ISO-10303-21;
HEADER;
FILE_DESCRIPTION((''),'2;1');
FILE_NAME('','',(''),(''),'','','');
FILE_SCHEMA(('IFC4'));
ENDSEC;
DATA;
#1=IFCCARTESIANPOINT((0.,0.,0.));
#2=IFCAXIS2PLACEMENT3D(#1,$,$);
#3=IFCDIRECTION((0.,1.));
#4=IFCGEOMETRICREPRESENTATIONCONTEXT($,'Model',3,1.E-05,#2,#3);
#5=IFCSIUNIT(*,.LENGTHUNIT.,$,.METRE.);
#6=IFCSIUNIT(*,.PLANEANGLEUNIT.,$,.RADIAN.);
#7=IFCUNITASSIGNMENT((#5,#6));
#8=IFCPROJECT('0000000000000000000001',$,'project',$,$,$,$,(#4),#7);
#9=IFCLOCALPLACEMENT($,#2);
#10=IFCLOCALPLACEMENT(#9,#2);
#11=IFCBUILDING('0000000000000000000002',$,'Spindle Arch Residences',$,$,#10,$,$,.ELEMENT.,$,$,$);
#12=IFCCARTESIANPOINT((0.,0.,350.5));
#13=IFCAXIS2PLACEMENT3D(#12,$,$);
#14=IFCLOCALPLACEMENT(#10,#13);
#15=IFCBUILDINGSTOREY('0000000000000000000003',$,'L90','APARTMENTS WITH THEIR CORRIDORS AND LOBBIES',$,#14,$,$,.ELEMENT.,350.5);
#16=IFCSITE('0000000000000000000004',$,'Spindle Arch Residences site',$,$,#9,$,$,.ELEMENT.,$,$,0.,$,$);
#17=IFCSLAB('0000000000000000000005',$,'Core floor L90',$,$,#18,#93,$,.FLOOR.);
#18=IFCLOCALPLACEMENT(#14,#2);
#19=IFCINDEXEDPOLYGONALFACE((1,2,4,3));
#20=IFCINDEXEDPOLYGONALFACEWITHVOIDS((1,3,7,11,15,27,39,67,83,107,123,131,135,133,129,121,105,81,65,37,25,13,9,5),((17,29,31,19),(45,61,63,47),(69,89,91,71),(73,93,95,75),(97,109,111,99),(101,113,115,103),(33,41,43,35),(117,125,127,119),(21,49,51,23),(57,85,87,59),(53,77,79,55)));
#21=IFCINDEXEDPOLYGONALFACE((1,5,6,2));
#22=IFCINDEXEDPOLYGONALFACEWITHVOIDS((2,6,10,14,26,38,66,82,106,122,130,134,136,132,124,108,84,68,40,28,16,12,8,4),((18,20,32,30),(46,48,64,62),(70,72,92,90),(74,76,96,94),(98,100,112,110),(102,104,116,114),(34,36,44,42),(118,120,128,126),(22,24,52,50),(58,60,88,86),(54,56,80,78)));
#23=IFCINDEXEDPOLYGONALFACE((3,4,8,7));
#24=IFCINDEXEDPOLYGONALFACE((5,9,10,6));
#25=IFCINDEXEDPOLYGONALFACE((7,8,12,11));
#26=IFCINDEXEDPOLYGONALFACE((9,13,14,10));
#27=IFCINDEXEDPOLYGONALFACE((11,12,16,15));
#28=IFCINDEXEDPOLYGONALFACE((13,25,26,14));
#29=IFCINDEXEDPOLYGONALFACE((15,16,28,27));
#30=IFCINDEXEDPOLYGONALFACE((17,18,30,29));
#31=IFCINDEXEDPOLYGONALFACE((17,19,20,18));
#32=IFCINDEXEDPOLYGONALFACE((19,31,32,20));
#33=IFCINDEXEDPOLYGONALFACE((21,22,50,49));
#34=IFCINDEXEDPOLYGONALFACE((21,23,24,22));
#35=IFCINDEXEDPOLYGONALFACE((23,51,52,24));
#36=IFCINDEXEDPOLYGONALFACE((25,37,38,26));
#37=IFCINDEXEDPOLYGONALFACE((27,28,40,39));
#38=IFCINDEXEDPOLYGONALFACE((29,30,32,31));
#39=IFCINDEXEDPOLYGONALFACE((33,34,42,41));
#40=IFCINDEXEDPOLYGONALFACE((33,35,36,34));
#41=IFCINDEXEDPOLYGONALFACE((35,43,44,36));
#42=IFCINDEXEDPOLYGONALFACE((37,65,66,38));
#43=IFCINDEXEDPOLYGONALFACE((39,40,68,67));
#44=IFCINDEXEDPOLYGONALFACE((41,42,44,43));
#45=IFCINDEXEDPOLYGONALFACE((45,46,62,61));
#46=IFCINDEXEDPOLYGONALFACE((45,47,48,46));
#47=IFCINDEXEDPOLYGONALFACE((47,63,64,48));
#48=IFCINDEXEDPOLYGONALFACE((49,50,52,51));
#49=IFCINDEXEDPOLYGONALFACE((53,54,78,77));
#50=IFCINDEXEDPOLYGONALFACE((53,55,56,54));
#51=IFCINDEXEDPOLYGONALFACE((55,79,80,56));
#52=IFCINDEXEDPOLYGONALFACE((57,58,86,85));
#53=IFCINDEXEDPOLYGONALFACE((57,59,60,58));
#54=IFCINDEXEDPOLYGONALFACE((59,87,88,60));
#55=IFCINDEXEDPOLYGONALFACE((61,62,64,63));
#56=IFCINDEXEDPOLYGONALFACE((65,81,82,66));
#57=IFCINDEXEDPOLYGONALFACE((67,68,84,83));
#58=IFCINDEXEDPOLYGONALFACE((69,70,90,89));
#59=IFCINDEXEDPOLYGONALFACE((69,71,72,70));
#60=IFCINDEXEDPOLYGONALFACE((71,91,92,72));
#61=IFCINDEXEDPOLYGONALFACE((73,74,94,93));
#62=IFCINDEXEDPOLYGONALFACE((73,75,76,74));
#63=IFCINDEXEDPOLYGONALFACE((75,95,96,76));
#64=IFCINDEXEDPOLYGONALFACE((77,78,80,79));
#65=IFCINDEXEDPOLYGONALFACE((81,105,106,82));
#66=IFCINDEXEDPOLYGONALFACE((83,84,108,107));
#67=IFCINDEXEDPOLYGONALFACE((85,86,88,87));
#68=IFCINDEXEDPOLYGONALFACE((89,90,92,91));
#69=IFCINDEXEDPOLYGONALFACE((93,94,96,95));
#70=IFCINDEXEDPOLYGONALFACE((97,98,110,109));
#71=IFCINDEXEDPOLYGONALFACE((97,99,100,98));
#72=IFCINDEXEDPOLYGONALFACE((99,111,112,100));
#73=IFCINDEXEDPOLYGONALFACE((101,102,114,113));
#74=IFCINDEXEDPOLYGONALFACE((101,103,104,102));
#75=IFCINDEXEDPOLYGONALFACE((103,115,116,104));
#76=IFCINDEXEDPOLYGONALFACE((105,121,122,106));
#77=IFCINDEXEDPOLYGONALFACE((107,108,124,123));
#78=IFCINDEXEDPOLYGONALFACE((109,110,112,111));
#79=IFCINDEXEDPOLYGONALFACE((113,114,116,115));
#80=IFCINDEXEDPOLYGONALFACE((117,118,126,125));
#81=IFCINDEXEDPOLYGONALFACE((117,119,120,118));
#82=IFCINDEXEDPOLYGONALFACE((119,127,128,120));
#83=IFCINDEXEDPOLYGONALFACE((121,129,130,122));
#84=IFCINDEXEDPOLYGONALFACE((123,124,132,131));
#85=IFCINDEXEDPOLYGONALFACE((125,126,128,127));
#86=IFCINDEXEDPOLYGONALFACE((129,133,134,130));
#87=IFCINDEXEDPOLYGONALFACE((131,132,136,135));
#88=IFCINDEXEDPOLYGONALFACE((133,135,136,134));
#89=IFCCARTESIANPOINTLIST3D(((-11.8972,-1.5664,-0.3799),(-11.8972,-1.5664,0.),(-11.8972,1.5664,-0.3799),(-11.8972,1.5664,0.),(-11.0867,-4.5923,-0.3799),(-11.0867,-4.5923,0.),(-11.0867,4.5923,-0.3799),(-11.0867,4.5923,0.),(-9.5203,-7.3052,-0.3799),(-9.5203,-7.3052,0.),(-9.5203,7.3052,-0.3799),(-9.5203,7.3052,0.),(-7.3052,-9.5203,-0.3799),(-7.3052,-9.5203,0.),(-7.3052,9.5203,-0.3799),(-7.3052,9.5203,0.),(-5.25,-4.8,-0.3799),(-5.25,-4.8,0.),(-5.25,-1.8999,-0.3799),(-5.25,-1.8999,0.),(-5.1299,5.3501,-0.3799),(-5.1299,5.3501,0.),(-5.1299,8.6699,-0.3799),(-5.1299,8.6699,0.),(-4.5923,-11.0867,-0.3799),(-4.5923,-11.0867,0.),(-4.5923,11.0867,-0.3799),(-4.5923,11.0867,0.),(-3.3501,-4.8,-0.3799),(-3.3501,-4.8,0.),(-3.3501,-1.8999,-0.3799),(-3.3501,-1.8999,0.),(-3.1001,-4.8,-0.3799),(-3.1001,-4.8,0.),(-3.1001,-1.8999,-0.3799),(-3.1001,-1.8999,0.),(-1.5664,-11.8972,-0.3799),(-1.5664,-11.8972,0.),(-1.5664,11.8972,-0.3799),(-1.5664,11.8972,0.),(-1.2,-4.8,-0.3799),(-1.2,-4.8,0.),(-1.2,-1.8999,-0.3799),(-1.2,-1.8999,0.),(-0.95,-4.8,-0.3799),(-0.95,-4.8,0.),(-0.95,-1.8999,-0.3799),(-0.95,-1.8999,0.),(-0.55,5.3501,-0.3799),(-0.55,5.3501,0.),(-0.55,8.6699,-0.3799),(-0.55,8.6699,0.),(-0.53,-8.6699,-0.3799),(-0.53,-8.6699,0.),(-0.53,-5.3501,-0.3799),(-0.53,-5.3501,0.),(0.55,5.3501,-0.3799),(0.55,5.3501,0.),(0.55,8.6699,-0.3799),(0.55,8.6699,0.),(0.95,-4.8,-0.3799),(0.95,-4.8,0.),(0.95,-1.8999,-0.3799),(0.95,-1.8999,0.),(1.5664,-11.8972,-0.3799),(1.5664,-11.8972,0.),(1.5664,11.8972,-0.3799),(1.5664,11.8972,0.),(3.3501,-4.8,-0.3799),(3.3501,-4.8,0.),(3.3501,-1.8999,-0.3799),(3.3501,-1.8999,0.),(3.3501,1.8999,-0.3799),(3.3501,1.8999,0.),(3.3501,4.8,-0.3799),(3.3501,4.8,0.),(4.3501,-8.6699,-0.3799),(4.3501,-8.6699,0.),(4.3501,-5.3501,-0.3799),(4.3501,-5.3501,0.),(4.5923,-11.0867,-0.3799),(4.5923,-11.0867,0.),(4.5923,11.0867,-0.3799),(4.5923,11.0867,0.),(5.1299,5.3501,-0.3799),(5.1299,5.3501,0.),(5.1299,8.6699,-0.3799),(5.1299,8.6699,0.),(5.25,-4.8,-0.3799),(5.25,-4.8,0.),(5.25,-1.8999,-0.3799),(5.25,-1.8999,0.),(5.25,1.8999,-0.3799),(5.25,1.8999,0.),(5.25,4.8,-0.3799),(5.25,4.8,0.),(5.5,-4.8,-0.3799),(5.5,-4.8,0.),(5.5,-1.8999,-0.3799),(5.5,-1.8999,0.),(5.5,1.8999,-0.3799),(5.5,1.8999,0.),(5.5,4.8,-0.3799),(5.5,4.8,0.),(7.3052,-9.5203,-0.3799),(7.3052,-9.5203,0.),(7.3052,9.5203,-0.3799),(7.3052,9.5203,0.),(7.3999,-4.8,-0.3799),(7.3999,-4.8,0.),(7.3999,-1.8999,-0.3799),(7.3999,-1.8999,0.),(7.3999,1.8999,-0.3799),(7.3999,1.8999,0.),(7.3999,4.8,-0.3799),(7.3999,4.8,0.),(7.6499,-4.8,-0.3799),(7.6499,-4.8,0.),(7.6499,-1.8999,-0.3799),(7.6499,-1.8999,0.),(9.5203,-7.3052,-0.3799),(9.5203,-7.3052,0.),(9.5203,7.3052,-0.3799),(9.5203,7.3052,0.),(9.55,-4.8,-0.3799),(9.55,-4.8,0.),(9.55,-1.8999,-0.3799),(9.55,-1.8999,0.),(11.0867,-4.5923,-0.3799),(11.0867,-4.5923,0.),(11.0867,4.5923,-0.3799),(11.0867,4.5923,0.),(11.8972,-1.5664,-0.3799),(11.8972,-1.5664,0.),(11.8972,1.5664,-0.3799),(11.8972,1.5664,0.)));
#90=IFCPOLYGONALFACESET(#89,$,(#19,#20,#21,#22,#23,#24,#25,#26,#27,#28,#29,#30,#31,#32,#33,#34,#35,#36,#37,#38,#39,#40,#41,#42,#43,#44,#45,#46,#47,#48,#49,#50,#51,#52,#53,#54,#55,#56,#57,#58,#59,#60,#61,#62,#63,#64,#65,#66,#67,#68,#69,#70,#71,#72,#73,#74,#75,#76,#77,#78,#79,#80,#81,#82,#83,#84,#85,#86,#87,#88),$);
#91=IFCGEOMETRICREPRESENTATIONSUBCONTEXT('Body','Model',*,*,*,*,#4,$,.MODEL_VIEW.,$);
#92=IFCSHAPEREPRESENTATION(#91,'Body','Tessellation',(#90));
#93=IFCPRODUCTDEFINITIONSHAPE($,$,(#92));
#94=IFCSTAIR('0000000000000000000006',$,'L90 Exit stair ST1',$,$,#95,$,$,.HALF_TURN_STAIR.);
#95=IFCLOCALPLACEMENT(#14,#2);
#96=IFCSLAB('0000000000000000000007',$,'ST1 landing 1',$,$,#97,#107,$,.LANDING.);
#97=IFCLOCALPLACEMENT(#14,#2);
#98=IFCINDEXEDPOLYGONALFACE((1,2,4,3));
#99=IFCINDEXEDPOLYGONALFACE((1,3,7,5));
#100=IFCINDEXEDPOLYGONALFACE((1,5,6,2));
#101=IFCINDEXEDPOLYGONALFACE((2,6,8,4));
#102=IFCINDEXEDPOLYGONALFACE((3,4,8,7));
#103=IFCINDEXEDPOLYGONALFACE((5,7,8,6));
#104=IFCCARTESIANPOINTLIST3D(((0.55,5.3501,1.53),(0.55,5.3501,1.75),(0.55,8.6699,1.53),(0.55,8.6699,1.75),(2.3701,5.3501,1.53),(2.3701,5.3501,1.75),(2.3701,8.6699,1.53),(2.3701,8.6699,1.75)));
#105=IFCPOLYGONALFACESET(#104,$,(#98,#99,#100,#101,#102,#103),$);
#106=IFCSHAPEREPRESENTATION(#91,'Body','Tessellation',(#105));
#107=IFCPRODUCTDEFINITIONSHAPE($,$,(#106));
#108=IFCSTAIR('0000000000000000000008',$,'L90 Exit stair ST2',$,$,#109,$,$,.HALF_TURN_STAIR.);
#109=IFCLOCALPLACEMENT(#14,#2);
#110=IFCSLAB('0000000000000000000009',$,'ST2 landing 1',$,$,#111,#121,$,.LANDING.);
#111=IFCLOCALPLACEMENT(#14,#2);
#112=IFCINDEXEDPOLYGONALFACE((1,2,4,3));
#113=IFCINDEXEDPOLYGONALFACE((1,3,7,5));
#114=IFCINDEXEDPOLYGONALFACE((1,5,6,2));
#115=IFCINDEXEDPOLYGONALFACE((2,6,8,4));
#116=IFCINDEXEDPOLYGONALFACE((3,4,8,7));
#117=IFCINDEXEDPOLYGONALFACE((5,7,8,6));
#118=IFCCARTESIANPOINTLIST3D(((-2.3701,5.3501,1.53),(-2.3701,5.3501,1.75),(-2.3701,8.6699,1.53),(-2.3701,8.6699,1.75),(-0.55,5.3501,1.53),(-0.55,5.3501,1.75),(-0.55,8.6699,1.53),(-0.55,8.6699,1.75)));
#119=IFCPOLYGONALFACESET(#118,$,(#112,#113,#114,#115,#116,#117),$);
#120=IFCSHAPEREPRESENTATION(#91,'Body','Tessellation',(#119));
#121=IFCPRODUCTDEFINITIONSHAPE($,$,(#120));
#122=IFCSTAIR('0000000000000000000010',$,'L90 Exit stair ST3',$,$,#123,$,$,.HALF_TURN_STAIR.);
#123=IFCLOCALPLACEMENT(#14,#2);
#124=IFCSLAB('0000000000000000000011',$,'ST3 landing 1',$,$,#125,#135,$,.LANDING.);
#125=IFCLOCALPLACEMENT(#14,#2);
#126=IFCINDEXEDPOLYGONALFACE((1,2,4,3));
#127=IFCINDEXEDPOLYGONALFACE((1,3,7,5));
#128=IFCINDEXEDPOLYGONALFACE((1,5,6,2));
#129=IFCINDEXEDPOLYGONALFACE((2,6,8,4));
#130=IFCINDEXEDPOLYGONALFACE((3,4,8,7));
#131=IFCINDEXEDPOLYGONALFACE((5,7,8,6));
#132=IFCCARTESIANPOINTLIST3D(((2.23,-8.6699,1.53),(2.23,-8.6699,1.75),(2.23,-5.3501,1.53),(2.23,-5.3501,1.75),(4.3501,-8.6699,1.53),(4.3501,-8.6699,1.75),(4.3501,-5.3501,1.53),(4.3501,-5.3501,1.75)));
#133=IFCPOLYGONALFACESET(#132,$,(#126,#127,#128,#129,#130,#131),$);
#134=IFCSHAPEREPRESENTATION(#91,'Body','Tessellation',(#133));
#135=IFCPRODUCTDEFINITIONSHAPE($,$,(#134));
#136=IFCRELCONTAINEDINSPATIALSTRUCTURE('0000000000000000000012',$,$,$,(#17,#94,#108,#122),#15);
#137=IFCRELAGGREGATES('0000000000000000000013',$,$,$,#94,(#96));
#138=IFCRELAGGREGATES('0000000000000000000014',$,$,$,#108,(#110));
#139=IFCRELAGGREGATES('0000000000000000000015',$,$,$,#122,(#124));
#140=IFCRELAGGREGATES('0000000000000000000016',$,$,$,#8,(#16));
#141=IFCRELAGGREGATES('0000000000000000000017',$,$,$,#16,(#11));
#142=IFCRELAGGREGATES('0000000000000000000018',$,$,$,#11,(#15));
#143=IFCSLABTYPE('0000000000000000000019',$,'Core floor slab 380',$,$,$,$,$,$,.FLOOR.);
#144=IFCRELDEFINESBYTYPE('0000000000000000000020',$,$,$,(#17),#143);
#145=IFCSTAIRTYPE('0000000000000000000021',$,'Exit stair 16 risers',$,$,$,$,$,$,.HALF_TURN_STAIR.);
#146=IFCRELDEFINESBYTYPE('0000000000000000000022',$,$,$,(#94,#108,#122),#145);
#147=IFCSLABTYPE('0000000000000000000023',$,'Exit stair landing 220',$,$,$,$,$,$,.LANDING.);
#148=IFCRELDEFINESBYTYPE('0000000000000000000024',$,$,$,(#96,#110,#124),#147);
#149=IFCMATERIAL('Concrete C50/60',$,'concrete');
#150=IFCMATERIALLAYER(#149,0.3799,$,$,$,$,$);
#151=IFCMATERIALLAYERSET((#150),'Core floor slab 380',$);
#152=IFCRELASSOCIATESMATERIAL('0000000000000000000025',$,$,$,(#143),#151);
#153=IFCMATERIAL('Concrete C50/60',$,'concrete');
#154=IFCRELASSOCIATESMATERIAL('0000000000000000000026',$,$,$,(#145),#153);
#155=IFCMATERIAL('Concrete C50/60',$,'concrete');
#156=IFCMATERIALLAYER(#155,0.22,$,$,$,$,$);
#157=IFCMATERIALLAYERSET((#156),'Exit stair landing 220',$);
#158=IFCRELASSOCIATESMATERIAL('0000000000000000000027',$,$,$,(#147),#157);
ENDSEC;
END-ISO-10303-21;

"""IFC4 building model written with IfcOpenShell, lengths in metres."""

from ifc_helpers import new_model, si_unit, direction, frame, origin, place, context, subcontext, project, spatial, polyline, outline, extrude, material, layer, layer_set, type_object, element, aggregate, save


model = new_model("IFC4")

# Units and contexts
model_context = context("Model", 3, precision=1e-05, world=origin(), true_north=direction((0.0, 1.0)))
body_context = subcontext(model_context, "Body", "Model", "MODEL_VIEW")
ifc_project = project(units=[si_unit("LENGTHUNIT", "METRE"), si_unit("PLANEANGLEUNIT", "RADIAN")], contexts=[model_context])

# Site, building, storey
site_placement = place(None, origin())
site = spatial("IfcSite", under=ifc_project, at=site_placement, Name="Spindle Arch Residences site", CompositionType="ELEMENT", RefElevation=0.0)
building_placement = place(site_placement, origin())
building = spatial("IfcBuilding", under=site, at=building_placement, Name="Spindle Arch Residences", CompositionType="ELEMENT")
storey_placement = place(building_placement, frame((0.0, 0.0, 350.5)))
storey = spatial("IfcBuildingStorey", under=building, at=storey_placement, Name="L90", Description="APARTMENTS WITH THEIR CORRIDORS AND LOBBIES", CompositionType="ELEMENT", Elevation=350.5)

# Slab
ifc_material_1 = material(Name="Concrete C50/60", Category="concrete")
ifc_layer_1 = layer(ifc_material_1, 0.3799)
ifc_layer_set_1 = layer_set([ifc_layer_1], Name="Core floor slab 380")
slab_type_1 = type_object("IfcSlabType", Name="Core floor slab 380", PredefinedType="FLOOR", material=ifc_layer_set_1)
slab_1_placement = place(storey_placement, frame((0.0, 0.0, -0.3799)))
element("IfcSlab", 1, at=slab_1_placement, inside=storey, type_object=slab_type_1, Name="Core floor L90", PredefinedType="FLOOR", context=body_context, shape_type="SweptSolid", body=[
    extrude(outline(polyline([(1.5664, -11.8972), (4.5923, -11.0867), (7.3052, -9.5203), (9.5203, -7.3052), (11.0867, -4.5923), (11.8972, -1.5664), (11.8972, 1.5664), (11.0867, 4.5923), (9.5203, 7.3052), (7.3052, 9.5203), (4.5923, 11.0867), (1.5664, 11.8972), (-1.5664, 11.8972), (-4.5923, 11.0867), (-7.3052, 9.5203), (-9.5203, 7.3052), (-11.0867, 4.5923), (-11.8972, 1.5664), (-11.8972, -1.5664), (-11.0867, -4.5923), (-9.5203, -7.3052), (-7.3052, -9.5203), (-4.5923, -11.0867), (-1.5664, -11.8972), (1.5664, -11.8972)]), holes=[polyline([(3.3501, 1.8999), (5.25, 1.8999), (5.25, 4.8), (3.3501, 4.8), (3.3501, 1.8999)]), polyline([(5.5, 1.8999), (7.3999, 1.8999), (7.3999, 4.8), (5.5, 4.8), (5.5, 1.8999)]), polyline([(-5.25, -4.8), (-3.3501, -4.8), (-3.3501, -1.8999), (-5.25, -1.8999), (-5.25, -4.8)]), polyline([(-3.1001, -4.8), (-1.2, -4.8), (-1.2, -1.8999), (-3.1001, -1.8999), (-3.1001, -4.8)]), polyline([(-0.95, -4.8), (0.95, -4.8), (0.95, -1.8999), (-0.95, -1.8999), (-0.95, -4.8)]), polyline([(3.3501, -4.8), (5.25, -4.8), (5.25, -1.8999), (3.3501, -1.8999), (3.3501, -4.8)]), polyline([(5.5, -4.8), (7.3999, -4.8), (7.3999, -1.8999), (5.5, -1.8999), (5.5, -4.8)]), polyline([(7.6499, -4.8), (9.55, -4.8), (9.55, -1.8999), (7.6499, -1.8999), (7.6499, -4.8)]), polyline([(5.1299, 8.6699), (0.55, 8.6699), (0.55, 5.3501), (5.1299, 5.3501), (5.1299, 8.6699)]), polyline([(-5.1299, 5.3501), (-0.55, 5.3501), (-0.55, 8.6699), (-5.1299, 8.6699), (-5.1299, 5.3501)]), polyline([(-0.53, -8.6699), (4.3501, -8.6699), (4.3501, -5.3501), (-0.53, -5.3501), (-0.53, -8.6699)])]), origin(), (0.0, 0.0, 1.0), 0.3799),
])

# Stairs, slabs
ifc_material_2 = material(Name="Concrete C50/60", Category="concrete")
stair_type = type_object("IfcStairType", Name="Exit stair 16 risers", PredefinedType="HALF_TURN_STAIR", material=ifc_material_2)
stair_1_placement = place(storey_placement, origin())
stair_1 = element("IfcStair", 2, at=stair_1_placement, inside=storey, type_object=stair_type, Name="L90 Exit stair ST1", PredefinedType="HALF_TURN_STAIR")
ifc_material_3 = material(Name="Concrete C50/60", Category="concrete")
ifc_layer_2 = layer(ifc_material_3, 0.22)
ifc_layer_set_2 = layer_set([ifc_layer_2], Name="Exit stair landing 220")
slab_type_2 = type_object("IfcSlabType", Name="Exit stair landing 220", PredefinedType="LANDING", material=ifc_layer_set_2)
slab_2_placement = place(storey_placement, frame((0.0, 0.0, 1.53)))
slab_2 = element("IfcSlab", 3, at=slab_2_placement, type_object=slab_type_2, Name="ST1 landing 1", PredefinedType="LANDING", context=body_context, shape_type="SweptSolid", body=[
    extrude(outline(polyline([(2.3701, 8.6699), (0.55, 8.6699), (0.55, 5.3501), (2.3701, 5.3501), (2.3701, 8.6699)])), origin(), (0.0, 0.0, 1.0), 0.22),
])
aggregate(stair_1, [slab_2])
stair_2_placement = place(storey_placement, origin())
stair_2 = element("IfcStair", 4, at=stair_2_placement, inside=storey, type_object=stair_type, Name="L90 Exit stair ST2", PredefinedType="HALF_TURN_STAIR")
slab_3_placement = place(storey_placement, frame((0.0, 0.0, 1.53)))
slab_3 = element("IfcSlab", 5, at=slab_3_placement, type_object=slab_type_2, Name="ST2 landing 1", PredefinedType="LANDING", context=body_context, shape_type="SweptSolid", body=[
    extrude(outline(polyline([(-2.3701, 5.3501), (-0.55, 5.3501), (-0.55, 8.6699), (-2.3701, 8.6699), (-2.3701, 5.3501)])), origin(), (0.0, 0.0, 1.0), 0.22),
])
aggregate(stair_2, [slab_3])
stair_3_placement = place(storey_placement, origin())
stair_3 = element("IfcStair", 6, at=stair_3_placement, inside=storey, type_object=stair_type, Name="L90 Exit stair ST3", PredefinedType="HALF_TURN_STAIR")
slab_4_placement = place(storey_placement, frame((0.0, 0.0, 1.53)))
slab_4 = element("IfcSlab", 7, at=slab_4_placement, type_object=slab_type_2, Name="ST3 landing 1", PredefinedType="LANDING", context=body_context, shape_type="SweptSolid", body=[
    extrude(outline(polyline([(2.23, -8.6699), (4.3501, -8.6699), (4.3501, -5.3501), (2.23, -5.3501), (2.23, -8.6699)])), origin(), (0.0, 0.0, 1.0), 0.22),
])

aggregate(stair_3, [slab_4])

save(model, "model.ifc")
